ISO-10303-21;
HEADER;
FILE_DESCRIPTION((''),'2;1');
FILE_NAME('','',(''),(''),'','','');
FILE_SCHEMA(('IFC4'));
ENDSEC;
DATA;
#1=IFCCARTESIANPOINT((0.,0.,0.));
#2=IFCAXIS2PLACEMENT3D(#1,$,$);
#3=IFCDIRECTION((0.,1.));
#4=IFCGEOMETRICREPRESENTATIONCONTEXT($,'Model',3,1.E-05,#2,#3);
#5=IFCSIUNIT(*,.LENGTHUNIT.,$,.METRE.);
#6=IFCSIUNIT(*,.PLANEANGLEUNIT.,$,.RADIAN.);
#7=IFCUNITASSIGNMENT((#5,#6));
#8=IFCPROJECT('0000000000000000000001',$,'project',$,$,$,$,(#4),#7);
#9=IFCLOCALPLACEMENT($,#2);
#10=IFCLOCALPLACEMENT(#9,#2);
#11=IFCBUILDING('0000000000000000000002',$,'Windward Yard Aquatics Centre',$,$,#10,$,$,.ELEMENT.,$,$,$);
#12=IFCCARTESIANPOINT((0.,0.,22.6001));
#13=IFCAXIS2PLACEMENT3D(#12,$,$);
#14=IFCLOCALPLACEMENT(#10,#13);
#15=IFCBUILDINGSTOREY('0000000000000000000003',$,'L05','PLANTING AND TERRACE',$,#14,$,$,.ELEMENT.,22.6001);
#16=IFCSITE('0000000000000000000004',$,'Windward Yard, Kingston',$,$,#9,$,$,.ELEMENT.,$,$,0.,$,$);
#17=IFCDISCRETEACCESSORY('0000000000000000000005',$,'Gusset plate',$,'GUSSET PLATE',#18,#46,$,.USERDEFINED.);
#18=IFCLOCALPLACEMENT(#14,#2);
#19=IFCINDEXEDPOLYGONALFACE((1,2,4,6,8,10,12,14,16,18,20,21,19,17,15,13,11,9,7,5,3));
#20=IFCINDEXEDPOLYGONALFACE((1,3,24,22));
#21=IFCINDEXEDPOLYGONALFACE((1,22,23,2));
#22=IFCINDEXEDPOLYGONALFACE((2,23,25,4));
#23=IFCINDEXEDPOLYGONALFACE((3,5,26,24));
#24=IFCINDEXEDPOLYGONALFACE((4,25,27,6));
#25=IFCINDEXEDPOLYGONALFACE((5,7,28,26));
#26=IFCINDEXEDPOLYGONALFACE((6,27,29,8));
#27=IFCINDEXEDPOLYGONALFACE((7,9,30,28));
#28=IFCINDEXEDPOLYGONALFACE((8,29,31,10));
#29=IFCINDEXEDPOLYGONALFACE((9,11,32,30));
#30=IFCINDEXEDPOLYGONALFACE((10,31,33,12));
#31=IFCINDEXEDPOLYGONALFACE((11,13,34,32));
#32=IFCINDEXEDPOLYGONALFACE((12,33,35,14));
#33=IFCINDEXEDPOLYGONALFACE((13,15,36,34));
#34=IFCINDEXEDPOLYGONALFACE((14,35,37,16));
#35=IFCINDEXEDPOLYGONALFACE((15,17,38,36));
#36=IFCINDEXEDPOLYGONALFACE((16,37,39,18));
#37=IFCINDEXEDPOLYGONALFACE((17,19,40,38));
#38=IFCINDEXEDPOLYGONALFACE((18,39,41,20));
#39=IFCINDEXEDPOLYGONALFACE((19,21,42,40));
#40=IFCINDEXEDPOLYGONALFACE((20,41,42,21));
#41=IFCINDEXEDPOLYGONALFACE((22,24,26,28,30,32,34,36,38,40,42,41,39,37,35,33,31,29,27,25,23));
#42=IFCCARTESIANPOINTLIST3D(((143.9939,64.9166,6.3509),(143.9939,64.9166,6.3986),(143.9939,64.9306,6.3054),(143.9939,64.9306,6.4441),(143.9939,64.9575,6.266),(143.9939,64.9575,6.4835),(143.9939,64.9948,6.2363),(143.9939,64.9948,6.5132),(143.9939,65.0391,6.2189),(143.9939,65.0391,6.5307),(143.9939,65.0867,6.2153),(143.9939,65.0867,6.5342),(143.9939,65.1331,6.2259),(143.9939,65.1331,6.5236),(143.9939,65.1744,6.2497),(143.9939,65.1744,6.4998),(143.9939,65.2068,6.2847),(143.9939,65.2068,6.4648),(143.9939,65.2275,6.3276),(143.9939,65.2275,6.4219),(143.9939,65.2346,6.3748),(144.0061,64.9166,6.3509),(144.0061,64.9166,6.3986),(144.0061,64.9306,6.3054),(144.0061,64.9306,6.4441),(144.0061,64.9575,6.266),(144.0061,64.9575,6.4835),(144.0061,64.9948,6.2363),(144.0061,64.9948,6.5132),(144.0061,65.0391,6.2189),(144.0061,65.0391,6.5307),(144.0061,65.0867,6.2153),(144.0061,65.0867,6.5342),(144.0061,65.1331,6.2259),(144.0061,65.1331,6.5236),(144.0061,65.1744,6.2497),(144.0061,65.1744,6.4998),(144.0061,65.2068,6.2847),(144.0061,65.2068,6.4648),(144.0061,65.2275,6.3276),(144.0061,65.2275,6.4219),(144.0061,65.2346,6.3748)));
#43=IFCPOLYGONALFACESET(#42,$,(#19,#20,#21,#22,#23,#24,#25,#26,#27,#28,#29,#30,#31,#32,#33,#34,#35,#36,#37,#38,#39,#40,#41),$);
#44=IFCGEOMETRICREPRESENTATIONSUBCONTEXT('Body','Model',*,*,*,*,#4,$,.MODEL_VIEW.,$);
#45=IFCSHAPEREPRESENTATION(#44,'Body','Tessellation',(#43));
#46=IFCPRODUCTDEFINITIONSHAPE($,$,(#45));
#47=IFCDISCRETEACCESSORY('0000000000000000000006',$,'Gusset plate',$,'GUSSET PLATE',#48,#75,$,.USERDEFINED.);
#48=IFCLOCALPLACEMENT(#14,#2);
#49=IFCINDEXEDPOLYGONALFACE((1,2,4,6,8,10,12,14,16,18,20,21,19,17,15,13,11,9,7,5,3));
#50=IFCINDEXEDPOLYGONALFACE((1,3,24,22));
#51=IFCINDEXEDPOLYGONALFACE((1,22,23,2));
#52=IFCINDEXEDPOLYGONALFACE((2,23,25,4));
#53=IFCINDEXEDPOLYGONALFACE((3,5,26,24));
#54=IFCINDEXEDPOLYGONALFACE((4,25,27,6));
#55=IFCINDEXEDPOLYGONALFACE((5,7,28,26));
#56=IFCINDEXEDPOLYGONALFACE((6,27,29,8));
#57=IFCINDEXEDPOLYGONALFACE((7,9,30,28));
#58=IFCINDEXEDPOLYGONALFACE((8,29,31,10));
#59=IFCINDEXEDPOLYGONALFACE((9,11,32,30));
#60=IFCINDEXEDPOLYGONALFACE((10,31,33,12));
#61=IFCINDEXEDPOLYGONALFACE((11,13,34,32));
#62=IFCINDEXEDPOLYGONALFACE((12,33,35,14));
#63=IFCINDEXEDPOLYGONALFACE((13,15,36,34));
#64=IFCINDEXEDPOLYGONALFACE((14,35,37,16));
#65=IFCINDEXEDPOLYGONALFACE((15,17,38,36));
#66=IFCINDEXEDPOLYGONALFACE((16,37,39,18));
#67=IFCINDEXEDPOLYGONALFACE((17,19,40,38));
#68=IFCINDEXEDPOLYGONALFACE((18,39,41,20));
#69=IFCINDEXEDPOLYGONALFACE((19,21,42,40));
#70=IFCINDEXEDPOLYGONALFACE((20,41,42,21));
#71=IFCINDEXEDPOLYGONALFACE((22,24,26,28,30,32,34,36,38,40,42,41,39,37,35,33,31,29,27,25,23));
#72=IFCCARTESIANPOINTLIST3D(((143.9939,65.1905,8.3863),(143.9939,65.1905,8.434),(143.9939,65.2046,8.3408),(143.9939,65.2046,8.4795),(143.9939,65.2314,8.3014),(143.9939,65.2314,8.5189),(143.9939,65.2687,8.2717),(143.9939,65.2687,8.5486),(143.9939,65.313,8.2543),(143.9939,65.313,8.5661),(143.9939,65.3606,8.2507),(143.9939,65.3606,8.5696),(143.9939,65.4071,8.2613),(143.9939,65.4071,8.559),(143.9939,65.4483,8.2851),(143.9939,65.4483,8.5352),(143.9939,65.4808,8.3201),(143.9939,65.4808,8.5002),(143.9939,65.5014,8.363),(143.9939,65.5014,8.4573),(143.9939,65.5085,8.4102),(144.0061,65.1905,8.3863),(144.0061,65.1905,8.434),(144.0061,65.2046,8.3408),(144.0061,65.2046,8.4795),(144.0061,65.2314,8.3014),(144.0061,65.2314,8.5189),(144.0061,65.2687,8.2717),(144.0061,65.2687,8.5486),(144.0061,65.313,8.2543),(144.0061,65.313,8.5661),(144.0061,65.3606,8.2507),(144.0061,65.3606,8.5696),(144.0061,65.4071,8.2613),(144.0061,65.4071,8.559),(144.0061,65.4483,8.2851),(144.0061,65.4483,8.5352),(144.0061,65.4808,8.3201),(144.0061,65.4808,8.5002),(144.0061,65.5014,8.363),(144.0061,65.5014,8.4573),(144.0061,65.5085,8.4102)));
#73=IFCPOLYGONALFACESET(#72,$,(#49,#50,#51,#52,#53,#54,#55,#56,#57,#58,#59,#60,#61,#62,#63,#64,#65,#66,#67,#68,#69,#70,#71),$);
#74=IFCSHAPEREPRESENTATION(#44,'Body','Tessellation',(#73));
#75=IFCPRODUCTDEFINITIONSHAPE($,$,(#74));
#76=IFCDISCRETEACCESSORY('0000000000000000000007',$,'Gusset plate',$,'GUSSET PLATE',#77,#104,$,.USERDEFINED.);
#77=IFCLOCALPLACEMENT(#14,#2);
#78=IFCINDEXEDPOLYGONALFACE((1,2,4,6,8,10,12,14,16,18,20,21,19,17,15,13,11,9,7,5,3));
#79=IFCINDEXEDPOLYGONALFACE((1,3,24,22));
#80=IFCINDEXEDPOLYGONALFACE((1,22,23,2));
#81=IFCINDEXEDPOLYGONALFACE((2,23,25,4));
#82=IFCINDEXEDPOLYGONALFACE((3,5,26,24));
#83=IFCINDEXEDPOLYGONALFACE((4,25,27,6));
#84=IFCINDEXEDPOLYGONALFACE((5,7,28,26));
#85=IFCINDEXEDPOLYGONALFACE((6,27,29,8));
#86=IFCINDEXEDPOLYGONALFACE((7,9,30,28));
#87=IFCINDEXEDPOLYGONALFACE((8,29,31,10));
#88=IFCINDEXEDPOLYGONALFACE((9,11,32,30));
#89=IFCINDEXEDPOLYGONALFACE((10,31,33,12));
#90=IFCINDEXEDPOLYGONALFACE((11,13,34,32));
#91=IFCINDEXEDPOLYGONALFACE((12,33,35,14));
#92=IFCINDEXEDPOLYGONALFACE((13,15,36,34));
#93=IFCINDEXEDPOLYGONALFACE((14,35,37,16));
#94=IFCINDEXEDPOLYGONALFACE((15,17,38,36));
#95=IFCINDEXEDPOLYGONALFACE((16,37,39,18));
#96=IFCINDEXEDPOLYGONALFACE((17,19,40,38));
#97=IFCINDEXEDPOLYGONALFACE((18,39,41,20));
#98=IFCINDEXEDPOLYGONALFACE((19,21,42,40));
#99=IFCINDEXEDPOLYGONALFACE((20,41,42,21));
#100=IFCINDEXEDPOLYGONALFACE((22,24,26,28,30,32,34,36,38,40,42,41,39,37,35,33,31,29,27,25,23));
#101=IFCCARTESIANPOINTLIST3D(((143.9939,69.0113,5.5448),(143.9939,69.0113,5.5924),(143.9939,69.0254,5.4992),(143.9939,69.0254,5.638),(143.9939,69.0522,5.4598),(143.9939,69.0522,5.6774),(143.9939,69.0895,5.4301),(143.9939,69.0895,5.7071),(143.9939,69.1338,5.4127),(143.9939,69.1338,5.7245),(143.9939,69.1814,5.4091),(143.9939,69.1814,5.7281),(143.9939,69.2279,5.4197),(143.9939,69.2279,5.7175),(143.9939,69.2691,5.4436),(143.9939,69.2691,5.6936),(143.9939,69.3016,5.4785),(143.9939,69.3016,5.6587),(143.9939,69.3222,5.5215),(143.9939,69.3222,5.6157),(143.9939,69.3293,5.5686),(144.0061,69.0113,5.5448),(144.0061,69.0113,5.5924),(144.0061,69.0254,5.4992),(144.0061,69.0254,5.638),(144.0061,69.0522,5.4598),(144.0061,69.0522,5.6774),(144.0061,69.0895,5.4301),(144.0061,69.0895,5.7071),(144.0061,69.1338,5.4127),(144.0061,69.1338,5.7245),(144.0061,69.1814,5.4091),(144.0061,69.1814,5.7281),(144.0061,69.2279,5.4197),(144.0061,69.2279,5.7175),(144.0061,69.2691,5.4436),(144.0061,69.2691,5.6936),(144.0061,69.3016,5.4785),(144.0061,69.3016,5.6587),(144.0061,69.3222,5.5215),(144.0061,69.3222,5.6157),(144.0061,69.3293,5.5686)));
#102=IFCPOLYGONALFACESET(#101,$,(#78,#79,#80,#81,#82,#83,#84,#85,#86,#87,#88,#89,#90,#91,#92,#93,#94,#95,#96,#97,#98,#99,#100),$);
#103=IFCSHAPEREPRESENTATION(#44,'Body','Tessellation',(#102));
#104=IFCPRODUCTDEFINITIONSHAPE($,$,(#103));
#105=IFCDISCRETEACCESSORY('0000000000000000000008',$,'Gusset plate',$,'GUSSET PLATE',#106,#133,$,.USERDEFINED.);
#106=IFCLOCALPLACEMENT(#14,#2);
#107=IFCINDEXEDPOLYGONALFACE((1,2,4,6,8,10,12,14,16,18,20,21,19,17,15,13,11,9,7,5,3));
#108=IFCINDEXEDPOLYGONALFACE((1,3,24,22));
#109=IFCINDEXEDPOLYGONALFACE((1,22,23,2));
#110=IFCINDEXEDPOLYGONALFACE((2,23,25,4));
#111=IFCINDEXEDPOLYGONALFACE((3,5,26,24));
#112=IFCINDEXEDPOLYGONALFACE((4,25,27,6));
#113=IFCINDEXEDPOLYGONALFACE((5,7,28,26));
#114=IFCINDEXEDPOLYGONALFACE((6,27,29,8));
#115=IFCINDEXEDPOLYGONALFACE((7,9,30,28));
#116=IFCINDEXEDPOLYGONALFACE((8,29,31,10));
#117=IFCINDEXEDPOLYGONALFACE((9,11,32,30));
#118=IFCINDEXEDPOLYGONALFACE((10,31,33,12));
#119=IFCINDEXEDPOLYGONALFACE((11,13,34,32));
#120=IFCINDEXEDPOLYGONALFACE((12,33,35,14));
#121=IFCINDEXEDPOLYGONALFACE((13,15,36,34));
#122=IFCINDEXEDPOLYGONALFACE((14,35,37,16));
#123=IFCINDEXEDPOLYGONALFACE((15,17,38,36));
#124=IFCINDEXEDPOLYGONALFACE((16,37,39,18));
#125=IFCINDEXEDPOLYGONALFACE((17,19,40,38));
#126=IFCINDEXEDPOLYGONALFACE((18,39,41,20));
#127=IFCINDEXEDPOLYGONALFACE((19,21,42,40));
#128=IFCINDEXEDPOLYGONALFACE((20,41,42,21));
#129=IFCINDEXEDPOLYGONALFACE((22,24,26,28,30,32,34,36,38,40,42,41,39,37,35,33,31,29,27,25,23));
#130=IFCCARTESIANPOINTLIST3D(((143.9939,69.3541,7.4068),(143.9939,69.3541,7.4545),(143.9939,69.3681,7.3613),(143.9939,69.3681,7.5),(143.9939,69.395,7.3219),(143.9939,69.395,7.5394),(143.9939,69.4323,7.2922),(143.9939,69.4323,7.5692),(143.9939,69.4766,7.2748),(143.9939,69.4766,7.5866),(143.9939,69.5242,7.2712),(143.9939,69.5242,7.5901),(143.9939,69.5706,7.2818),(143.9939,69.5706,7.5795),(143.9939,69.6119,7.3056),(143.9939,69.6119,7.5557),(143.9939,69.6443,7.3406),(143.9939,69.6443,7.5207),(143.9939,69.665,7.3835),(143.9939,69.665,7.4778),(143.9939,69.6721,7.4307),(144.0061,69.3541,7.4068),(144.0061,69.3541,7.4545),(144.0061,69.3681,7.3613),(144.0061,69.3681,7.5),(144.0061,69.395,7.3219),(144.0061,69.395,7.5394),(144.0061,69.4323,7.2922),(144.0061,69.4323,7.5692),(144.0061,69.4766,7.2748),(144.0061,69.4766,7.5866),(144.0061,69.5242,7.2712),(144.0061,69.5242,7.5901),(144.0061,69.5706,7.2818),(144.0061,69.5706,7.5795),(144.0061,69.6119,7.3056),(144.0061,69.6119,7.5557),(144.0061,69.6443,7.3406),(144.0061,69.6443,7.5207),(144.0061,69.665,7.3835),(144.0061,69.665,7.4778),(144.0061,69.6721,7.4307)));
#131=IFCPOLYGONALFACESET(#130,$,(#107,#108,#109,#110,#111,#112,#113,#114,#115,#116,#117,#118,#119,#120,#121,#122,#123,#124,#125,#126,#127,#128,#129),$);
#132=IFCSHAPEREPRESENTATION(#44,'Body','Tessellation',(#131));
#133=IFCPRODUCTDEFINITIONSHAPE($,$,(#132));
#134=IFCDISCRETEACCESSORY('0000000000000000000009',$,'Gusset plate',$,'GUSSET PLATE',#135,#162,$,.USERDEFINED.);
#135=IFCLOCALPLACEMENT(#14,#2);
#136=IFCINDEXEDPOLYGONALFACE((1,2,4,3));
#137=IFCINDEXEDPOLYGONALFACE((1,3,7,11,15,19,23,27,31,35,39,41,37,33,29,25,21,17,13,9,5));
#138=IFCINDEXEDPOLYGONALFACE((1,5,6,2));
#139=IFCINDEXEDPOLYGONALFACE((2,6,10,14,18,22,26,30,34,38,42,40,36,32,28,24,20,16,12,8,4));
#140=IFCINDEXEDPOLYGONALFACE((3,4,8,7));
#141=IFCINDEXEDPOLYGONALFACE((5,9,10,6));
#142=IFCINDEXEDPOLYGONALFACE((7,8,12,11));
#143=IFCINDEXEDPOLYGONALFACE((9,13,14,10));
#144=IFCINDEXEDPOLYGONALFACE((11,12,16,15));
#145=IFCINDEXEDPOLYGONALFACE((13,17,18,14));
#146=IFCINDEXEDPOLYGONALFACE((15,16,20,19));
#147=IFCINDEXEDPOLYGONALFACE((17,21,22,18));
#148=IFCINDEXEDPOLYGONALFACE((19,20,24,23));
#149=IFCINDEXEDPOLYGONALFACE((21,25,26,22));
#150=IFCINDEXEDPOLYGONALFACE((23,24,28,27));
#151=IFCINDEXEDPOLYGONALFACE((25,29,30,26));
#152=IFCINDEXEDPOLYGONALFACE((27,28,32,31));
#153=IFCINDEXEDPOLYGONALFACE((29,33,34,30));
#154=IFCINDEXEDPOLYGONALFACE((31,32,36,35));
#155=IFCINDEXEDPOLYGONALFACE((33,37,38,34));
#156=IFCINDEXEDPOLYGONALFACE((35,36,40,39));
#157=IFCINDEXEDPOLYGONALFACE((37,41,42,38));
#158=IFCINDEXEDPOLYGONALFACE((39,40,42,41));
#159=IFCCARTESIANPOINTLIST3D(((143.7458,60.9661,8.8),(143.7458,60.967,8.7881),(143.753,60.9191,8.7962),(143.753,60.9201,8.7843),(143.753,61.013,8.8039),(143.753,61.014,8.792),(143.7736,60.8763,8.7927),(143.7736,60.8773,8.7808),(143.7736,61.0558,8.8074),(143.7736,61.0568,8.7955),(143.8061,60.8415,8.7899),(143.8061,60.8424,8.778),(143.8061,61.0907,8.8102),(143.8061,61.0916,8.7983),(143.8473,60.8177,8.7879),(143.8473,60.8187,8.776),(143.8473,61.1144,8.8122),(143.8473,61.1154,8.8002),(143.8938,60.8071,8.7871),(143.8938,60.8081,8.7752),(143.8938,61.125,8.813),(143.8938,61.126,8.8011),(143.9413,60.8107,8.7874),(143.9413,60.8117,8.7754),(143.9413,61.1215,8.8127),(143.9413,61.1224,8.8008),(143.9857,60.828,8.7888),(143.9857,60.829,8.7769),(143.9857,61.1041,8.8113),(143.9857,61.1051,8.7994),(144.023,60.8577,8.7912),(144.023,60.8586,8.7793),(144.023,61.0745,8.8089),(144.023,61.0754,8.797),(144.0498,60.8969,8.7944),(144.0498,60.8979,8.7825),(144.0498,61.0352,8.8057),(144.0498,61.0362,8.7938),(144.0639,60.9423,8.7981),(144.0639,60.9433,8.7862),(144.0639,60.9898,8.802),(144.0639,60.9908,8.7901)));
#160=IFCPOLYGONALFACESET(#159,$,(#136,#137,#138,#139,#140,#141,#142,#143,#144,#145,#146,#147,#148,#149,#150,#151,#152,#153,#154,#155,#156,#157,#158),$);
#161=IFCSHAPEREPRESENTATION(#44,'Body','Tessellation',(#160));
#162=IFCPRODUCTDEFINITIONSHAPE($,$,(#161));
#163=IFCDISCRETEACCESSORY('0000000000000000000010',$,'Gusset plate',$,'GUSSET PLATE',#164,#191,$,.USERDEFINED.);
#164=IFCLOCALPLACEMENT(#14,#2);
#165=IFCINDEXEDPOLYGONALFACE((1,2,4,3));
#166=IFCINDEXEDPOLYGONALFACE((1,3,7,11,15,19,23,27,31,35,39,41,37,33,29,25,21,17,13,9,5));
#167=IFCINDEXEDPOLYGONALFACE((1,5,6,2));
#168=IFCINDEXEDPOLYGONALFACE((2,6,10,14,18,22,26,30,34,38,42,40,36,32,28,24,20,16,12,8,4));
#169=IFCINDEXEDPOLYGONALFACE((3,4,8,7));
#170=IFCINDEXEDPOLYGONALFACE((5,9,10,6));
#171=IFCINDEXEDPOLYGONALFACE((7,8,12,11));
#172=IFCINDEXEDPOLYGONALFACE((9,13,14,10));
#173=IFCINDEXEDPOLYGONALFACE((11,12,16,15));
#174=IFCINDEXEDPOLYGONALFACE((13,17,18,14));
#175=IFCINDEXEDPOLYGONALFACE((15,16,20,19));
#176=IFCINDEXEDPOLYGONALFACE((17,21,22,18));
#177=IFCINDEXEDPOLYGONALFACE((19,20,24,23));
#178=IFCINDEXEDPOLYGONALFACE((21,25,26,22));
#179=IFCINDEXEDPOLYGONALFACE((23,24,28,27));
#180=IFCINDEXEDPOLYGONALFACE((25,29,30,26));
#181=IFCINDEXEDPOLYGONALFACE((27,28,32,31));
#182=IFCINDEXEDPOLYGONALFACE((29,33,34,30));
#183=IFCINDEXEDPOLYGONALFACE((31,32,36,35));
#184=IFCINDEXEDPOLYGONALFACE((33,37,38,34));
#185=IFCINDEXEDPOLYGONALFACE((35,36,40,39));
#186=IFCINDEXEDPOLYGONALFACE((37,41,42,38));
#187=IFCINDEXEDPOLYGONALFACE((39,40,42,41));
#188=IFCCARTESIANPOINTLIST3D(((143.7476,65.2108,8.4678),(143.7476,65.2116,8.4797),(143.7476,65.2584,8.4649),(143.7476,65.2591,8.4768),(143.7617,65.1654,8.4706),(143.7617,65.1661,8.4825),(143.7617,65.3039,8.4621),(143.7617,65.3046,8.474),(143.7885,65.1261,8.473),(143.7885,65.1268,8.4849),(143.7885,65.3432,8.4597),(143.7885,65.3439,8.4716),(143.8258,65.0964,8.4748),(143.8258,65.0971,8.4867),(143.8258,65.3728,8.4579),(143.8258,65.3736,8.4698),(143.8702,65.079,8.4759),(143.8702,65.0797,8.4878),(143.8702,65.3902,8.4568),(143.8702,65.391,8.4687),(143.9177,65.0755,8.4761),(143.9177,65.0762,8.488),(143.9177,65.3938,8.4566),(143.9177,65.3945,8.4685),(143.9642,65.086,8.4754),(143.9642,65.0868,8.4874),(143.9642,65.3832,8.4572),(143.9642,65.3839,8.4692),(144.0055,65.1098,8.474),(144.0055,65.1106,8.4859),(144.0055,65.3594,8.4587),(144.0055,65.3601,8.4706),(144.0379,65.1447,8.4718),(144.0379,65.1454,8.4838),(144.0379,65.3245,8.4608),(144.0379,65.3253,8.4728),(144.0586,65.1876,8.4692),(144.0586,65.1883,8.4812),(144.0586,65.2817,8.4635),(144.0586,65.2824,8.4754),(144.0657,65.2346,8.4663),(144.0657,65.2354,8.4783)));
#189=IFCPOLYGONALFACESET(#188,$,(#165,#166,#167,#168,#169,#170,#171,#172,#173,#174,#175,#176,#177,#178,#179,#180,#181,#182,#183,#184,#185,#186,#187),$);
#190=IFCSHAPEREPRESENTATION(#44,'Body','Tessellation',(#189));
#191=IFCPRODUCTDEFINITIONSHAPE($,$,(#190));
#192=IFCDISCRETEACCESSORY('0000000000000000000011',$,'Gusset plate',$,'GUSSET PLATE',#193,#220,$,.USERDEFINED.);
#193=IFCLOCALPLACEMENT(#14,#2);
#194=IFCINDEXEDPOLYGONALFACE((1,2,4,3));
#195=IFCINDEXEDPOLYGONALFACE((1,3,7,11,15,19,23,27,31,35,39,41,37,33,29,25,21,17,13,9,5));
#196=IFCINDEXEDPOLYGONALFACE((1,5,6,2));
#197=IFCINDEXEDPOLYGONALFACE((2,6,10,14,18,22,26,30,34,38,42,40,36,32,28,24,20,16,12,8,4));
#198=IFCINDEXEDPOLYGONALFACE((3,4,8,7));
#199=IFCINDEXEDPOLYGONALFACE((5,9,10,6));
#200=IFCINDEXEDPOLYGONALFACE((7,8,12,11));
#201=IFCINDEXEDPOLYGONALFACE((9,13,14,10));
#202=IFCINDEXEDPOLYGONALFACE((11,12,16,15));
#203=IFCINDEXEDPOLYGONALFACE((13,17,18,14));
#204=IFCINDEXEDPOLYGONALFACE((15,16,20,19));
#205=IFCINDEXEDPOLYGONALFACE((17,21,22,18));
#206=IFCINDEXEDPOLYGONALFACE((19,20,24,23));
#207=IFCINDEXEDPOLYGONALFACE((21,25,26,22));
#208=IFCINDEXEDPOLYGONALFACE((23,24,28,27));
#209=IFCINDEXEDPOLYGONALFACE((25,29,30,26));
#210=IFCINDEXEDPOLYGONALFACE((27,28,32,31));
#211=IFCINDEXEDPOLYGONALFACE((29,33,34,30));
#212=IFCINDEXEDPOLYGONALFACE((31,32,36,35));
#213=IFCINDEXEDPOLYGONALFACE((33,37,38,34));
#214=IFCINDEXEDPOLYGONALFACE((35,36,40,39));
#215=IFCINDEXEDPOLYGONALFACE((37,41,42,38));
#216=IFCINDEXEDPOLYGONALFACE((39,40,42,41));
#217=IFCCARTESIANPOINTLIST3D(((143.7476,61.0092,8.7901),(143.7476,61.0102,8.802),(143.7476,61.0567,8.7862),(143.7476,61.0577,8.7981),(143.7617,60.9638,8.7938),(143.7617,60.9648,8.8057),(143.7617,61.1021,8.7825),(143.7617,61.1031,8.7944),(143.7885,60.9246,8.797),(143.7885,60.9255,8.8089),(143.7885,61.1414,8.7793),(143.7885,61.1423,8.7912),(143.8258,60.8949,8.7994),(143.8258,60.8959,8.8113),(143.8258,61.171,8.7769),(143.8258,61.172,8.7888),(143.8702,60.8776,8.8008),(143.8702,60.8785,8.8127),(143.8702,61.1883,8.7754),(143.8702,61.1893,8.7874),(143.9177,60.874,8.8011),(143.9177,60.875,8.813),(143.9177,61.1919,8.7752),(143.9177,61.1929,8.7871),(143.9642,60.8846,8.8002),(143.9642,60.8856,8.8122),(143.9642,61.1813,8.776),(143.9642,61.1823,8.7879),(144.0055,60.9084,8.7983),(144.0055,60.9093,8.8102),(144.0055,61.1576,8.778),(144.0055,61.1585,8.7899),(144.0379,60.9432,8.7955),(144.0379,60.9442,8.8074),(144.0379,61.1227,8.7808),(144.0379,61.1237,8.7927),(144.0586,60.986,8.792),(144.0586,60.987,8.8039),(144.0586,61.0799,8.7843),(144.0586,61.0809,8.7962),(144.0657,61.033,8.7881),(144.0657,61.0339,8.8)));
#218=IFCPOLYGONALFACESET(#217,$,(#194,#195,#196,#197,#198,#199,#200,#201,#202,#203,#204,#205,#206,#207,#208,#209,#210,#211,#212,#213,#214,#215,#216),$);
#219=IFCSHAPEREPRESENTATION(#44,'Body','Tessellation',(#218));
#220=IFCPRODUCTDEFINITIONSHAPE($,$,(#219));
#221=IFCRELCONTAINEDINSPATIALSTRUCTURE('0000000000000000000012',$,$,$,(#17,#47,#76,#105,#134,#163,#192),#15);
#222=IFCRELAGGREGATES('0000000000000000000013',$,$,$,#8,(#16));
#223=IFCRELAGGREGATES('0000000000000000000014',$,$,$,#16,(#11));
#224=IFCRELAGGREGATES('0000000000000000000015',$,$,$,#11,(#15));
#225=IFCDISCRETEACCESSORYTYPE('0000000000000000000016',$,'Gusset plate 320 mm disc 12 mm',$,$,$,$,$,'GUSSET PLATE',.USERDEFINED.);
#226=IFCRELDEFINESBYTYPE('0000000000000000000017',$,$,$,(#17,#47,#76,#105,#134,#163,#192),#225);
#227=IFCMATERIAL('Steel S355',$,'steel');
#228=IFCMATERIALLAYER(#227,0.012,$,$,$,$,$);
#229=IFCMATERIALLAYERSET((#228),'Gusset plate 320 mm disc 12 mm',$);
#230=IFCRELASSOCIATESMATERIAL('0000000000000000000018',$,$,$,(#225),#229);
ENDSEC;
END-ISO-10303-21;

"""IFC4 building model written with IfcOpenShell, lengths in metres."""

from ifc_helpers import new_model, si_unit, direction, frame, origin, origin_2d, place, context, subcontext, project, spatial, circle, extrude, material, layer, layer_set, type_object, element, save


model = new_model("IFC4")

# Units and contexts
model_context = context("Model", 3, precision=1e-05, world=origin(), true_north=direction((0.0, 1.0)))
body_context = subcontext(model_context, "Body", "Model", "MODEL_VIEW")
ifc_project = project(units=[si_unit("LENGTHUNIT", "METRE"), si_unit("PLANEANGLEUNIT", "RADIAN")], contexts=[model_context])

# Site, building, storey
site_placement = place(None, origin())
site = spatial("IfcSite", under=ifc_project, at=site_placement, Name="Windward Yard, Kingston", CompositionType="ELEMENT", RefElevation=0.0)
building_placement = place(site_placement, origin())
building = spatial("IfcBuilding", under=site, at=building_placement, Name="Windward Yard Aquatics Centre", CompositionType="ELEMENT")
storey_placement = place(building_placement, frame((0.0, 0.0, 22.6001)))
storey = spatial("IfcBuildingStorey", under=building, at=storey_placement, Name="L05", Description="PLANTING AND TERRACE", CompositionType="ELEMENT", Elevation=22.6001)

# Discrete accessories
ifc_material_1 = material(Name="Steel S355", Category="steel")
ifc_layer_1 = layer(ifc_material_1, 0.012)
ifc_layer_set_1 = layer_set([ifc_layer_1], Name="Gusset plate 320 mm disc 12 mm")
discrete_accessory_type = type_object("IfcDiscreteAccessoryType", Name="Gusset plate 320 mm disc 12 mm", ElementType="GUSSET PLATE", PredefinedType="USERDEFINED", material=ifc_layer_set_1)
for number, where, z_axis, x_axis, name in (
    (1, (143.9939, 65.0747, 6.3748), (1.0, 0.0, 0.0), (0.0, 1.0, 0.0), "Gusset plate"),
    (2, (143.9939, 65.3486, 8.4102), (1.0, 0.0, 0.0), (0.0, 1.0, 0.0), "Gusset plate"),
    (3, (143.9939, 69.1694, 5.5686), (1.0, 0.0, 0.0), (0.0, 1.0, 0.0), "Gusset plate"),
    (4, (143.9939, 69.5122, 7.4307), (1.0, 0.0, 0.0), (0.0, 1.0, 0.0), "Gusset plate"),
):
    element("IfcDiscreteAccessory", number, at=place(storey_placement, frame(where, z_axis=z_axis, x_axis=x_axis)), inside=storey, type_object=discrete_accessory_type, Name=name, ObjectType="GUSSET PLATE", PredefinedType="USERDEFINED", context=body_context, shape_type="SweptSolid", body=[
        extrude(circle(Radius=0.1599, at=origin_2d()), origin(), (0.0, 0.0, 1.0), 0.0122),
    ])
for number, where, z_axis, x_axis, name in (
    (5, (143.9058, 60.9661, 8.8), (0.0, 0.081362, -0.996685), (-1.0, 0.0, 0.0), "Gusset plate"),
    (6, (143.9058, 65.2354, 8.4783), (0.0, -0.06111, -0.998131), (1.0, 0.0, 0.0), "Gusset plate"),
    (7, (143.9058, 61.0339, 8.8), (0.0, -0.081362, -0.996685), (1.0, 0.0, 0.0), "Gusset plate"),
):
    element("IfcDiscreteAccessory", number, at=place(storey_placement, frame(where, z_axis=z_axis, x_axis=x_axis)), inside=storey, type_object=discrete_accessory_type, Name=name, ObjectType="GUSSET PLATE", PredefinedType="USERDEFINED", context=body_context, shape_type="SweptSolid", body=[
        extrude(circle(Radius=0.1599, at=origin_2d()), origin(), (0.0, 0.0, 1.0), 0.012),
    ])

save(model, "model.ifc")
